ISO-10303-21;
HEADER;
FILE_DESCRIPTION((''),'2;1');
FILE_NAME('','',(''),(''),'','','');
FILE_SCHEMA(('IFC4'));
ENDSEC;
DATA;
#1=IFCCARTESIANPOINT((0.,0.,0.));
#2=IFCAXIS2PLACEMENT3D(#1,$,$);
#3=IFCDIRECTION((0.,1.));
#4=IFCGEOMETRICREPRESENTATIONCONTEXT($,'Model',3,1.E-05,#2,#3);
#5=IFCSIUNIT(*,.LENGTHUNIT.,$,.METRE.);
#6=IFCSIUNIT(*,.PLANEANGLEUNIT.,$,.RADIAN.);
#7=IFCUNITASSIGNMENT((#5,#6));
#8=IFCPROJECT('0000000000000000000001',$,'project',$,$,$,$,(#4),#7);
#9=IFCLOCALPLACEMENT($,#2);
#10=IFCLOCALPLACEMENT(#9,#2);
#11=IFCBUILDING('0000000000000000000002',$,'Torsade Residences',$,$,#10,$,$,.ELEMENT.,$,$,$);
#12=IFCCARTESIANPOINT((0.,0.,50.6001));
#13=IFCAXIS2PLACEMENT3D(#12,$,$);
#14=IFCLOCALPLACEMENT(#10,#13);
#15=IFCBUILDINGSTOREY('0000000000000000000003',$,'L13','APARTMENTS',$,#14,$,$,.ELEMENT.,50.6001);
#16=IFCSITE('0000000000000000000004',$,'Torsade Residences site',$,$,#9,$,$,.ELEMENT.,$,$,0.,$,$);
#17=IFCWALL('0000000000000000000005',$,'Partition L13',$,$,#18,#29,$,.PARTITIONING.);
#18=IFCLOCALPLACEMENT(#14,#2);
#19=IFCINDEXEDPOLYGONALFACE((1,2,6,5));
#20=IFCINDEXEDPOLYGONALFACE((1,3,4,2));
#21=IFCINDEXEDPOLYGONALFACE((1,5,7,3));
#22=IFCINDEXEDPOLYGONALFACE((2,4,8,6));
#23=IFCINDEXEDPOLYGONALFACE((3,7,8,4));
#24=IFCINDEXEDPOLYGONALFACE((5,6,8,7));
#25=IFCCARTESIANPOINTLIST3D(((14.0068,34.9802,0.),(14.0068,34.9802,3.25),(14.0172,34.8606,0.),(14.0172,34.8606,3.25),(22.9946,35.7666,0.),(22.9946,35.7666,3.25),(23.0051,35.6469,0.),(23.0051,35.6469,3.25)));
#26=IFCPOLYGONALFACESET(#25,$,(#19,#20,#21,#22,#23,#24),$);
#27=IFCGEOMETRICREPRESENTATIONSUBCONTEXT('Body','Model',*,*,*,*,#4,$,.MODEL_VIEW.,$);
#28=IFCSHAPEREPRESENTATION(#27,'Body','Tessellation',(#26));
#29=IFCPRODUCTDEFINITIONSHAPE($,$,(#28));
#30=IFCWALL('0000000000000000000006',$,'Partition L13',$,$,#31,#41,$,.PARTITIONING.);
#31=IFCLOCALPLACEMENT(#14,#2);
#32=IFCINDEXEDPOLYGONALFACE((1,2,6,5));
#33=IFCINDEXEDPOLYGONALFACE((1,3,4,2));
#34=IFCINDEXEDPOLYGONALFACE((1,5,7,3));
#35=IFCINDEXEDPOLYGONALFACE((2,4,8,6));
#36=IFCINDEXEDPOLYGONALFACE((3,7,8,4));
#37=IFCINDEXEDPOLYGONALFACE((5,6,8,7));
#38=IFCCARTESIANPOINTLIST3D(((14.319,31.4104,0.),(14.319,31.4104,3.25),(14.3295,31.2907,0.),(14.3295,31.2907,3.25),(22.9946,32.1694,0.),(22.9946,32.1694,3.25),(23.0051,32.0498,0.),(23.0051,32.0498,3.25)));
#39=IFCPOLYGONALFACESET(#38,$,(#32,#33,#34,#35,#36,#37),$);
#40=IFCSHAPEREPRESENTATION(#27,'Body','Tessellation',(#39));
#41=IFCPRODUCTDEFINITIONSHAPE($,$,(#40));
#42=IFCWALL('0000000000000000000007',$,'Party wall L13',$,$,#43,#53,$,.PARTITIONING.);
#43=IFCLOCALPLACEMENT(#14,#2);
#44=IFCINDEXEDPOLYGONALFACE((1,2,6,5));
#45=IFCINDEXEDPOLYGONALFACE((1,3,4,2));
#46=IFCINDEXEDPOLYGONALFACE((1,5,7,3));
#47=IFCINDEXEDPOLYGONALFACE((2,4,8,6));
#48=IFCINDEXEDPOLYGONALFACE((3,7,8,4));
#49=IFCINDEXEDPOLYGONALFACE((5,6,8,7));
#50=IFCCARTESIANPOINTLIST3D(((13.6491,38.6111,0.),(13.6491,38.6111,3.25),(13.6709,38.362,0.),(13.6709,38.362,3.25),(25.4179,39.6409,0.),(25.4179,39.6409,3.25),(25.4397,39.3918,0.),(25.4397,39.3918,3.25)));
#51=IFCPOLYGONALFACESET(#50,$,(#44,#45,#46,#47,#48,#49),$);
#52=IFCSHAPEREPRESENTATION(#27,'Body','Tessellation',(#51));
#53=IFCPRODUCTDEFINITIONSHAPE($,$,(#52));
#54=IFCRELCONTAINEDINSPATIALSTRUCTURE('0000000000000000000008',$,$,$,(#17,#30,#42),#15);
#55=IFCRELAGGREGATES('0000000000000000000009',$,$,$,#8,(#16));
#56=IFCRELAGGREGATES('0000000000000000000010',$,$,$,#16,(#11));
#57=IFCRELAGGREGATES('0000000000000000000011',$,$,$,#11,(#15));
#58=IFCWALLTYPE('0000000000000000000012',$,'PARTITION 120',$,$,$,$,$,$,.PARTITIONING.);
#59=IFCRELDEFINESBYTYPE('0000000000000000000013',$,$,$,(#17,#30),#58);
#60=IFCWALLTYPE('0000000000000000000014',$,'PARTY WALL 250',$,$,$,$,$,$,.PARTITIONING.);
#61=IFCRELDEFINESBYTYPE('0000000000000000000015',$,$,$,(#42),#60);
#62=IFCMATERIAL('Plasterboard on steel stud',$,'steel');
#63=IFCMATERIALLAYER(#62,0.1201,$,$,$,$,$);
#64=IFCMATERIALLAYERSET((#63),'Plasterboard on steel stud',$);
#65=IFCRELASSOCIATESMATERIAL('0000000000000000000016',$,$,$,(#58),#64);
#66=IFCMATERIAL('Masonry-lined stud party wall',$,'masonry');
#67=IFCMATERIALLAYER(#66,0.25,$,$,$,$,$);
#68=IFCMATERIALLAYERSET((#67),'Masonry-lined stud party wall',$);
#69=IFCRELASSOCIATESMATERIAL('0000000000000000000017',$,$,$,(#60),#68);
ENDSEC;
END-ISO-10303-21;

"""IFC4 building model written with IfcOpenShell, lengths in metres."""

from ifc_helpers import new_model, si_unit, direction, frame, frame_2d, origin, place, context, subcontext, project, spatial, rectangle, extrude, material, layer, layer_set, type_object, element, save


model = new_model("IFC4")

# Units and contexts
model_context = context("Model", 3, precision=1e-05, world=origin(), true_north=direction((0.0, 1.0)))
body_context = subcontext(model_context, "Body", "Model", "MODEL_VIEW")
ifc_project = project(units=[si_unit("LENGTHUNIT", "METRE"), si_unit("PLANEANGLEUNIT", "RADIAN")], contexts=[model_context])

# Site, building, storey
site_placement = place(None, origin())
site = spatial("IfcSite", under=ifc_project, at=site_placement, Name="Torsade Residences site", CompositionType="ELEMENT", RefElevation=0.0)
building_placement = place(site_placement, origin())
building = spatial("IfcBuilding", under=site, at=building_placement, Name="Torsade Residences", CompositionType="ELEMENT")
storey_placement = place(building_placement, frame((0.0, 0.0, 50.6001)))
storey = spatial("IfcBuildingStorey", under=building, at=storey_placement, Name="L13", Description="APARTMENTS", CompositionType="ELEMENT", Elevation=50.6001)

# Shared definitions
ifc_material_1 = material(Name="Plasterboard on steel stud", Category="steel")
ifc_layer_1 = layer(ifc_material_1, 0.1201)
ifc_layer_set_1 = layer_set([ifc_layer_1], Name="Plasterboard on steel stud")
wall_type_1 = type_object("IfcWallType", Name="PARTITION 120", PredefinedType="PARTITIONING", material=ifc_layer_set_1)

# Walls
wall_1_placement = place(storey_placement, frame((23.0, 35.7068, 0.0), z_axis=(0.0, 0.0, 1.0), x_axis=(-0.996194, -0.087161, 0.0)))
element("IfcWall", 1, at=wall_1_placement, inside=storey, type_object=wall_type_1, Name="Partition L13", PredefinedType="PARTITIONING", context=body_context, shape_type="SweptSolid", body=[
    extrude(rectangle(XDim=9.0222, YDim=0.1201, at=frame_2d((4.5112, 0.0))), origin(), (0.0, 0.0, 1.0), 3.25),
])
wall_2_placement = place(storey_placement, frame((23.0, 32.1096, 0.0), z_axis=(0.0, 0.0, 1.0), x_axis=(-0.996194, -0.087158, 0.0)))
element("IfcWall", 2, at=wall_2_placement, inside=storey, type_object=wall_type_1, Name="Partition L13", PredefinedType="PARTITIONING", context=body_context, shape_type="SweptSolid", body=[
    extrude(rectangle(XDim=8.7087, YDim=0.1201, at=frame_2d((4.3545, 0.0))), origin(), (0.0, 0.0, 1.0), 3.25),
])
ifc_material_2 = material(Name="Masonry-lined stud party wall", Category="masonry")
ifc_layer_2 = layer(ifc_material_2, 0.25)
ifc_layer_set_2 = layer_set([ifc_layer_2], Name="Masonry-lined stud party wall")
wall_type_2 = type_object("IfcWallType", Name="PARTY WALL 250", PredefinedType="PARTITIONING", material=ifc_layer_set_2)
wall_3_placement = place(storey_placement, frame((13.6602, 38.4866, 0.0), z_axis=(0.0, 0.0, 1.0), x_axis=(0.996194, 0.087168, 0.0)))
element("IfcWall", 3, at=wall_3_placement, inside=storey, type_object=wall_type_2, Name="Party wall L13", PredefinedType="PARTITIONING", context=body_context, shape_type="SweptSolid", body=[
    extrude(rectangle(XDim=11.8137, YDim=0.25, at=frame_2d((5.9067, 0.0))), origin(), (0.0, 0.0, 1.0), 3.25),
])

save(model, "model.ifc")
